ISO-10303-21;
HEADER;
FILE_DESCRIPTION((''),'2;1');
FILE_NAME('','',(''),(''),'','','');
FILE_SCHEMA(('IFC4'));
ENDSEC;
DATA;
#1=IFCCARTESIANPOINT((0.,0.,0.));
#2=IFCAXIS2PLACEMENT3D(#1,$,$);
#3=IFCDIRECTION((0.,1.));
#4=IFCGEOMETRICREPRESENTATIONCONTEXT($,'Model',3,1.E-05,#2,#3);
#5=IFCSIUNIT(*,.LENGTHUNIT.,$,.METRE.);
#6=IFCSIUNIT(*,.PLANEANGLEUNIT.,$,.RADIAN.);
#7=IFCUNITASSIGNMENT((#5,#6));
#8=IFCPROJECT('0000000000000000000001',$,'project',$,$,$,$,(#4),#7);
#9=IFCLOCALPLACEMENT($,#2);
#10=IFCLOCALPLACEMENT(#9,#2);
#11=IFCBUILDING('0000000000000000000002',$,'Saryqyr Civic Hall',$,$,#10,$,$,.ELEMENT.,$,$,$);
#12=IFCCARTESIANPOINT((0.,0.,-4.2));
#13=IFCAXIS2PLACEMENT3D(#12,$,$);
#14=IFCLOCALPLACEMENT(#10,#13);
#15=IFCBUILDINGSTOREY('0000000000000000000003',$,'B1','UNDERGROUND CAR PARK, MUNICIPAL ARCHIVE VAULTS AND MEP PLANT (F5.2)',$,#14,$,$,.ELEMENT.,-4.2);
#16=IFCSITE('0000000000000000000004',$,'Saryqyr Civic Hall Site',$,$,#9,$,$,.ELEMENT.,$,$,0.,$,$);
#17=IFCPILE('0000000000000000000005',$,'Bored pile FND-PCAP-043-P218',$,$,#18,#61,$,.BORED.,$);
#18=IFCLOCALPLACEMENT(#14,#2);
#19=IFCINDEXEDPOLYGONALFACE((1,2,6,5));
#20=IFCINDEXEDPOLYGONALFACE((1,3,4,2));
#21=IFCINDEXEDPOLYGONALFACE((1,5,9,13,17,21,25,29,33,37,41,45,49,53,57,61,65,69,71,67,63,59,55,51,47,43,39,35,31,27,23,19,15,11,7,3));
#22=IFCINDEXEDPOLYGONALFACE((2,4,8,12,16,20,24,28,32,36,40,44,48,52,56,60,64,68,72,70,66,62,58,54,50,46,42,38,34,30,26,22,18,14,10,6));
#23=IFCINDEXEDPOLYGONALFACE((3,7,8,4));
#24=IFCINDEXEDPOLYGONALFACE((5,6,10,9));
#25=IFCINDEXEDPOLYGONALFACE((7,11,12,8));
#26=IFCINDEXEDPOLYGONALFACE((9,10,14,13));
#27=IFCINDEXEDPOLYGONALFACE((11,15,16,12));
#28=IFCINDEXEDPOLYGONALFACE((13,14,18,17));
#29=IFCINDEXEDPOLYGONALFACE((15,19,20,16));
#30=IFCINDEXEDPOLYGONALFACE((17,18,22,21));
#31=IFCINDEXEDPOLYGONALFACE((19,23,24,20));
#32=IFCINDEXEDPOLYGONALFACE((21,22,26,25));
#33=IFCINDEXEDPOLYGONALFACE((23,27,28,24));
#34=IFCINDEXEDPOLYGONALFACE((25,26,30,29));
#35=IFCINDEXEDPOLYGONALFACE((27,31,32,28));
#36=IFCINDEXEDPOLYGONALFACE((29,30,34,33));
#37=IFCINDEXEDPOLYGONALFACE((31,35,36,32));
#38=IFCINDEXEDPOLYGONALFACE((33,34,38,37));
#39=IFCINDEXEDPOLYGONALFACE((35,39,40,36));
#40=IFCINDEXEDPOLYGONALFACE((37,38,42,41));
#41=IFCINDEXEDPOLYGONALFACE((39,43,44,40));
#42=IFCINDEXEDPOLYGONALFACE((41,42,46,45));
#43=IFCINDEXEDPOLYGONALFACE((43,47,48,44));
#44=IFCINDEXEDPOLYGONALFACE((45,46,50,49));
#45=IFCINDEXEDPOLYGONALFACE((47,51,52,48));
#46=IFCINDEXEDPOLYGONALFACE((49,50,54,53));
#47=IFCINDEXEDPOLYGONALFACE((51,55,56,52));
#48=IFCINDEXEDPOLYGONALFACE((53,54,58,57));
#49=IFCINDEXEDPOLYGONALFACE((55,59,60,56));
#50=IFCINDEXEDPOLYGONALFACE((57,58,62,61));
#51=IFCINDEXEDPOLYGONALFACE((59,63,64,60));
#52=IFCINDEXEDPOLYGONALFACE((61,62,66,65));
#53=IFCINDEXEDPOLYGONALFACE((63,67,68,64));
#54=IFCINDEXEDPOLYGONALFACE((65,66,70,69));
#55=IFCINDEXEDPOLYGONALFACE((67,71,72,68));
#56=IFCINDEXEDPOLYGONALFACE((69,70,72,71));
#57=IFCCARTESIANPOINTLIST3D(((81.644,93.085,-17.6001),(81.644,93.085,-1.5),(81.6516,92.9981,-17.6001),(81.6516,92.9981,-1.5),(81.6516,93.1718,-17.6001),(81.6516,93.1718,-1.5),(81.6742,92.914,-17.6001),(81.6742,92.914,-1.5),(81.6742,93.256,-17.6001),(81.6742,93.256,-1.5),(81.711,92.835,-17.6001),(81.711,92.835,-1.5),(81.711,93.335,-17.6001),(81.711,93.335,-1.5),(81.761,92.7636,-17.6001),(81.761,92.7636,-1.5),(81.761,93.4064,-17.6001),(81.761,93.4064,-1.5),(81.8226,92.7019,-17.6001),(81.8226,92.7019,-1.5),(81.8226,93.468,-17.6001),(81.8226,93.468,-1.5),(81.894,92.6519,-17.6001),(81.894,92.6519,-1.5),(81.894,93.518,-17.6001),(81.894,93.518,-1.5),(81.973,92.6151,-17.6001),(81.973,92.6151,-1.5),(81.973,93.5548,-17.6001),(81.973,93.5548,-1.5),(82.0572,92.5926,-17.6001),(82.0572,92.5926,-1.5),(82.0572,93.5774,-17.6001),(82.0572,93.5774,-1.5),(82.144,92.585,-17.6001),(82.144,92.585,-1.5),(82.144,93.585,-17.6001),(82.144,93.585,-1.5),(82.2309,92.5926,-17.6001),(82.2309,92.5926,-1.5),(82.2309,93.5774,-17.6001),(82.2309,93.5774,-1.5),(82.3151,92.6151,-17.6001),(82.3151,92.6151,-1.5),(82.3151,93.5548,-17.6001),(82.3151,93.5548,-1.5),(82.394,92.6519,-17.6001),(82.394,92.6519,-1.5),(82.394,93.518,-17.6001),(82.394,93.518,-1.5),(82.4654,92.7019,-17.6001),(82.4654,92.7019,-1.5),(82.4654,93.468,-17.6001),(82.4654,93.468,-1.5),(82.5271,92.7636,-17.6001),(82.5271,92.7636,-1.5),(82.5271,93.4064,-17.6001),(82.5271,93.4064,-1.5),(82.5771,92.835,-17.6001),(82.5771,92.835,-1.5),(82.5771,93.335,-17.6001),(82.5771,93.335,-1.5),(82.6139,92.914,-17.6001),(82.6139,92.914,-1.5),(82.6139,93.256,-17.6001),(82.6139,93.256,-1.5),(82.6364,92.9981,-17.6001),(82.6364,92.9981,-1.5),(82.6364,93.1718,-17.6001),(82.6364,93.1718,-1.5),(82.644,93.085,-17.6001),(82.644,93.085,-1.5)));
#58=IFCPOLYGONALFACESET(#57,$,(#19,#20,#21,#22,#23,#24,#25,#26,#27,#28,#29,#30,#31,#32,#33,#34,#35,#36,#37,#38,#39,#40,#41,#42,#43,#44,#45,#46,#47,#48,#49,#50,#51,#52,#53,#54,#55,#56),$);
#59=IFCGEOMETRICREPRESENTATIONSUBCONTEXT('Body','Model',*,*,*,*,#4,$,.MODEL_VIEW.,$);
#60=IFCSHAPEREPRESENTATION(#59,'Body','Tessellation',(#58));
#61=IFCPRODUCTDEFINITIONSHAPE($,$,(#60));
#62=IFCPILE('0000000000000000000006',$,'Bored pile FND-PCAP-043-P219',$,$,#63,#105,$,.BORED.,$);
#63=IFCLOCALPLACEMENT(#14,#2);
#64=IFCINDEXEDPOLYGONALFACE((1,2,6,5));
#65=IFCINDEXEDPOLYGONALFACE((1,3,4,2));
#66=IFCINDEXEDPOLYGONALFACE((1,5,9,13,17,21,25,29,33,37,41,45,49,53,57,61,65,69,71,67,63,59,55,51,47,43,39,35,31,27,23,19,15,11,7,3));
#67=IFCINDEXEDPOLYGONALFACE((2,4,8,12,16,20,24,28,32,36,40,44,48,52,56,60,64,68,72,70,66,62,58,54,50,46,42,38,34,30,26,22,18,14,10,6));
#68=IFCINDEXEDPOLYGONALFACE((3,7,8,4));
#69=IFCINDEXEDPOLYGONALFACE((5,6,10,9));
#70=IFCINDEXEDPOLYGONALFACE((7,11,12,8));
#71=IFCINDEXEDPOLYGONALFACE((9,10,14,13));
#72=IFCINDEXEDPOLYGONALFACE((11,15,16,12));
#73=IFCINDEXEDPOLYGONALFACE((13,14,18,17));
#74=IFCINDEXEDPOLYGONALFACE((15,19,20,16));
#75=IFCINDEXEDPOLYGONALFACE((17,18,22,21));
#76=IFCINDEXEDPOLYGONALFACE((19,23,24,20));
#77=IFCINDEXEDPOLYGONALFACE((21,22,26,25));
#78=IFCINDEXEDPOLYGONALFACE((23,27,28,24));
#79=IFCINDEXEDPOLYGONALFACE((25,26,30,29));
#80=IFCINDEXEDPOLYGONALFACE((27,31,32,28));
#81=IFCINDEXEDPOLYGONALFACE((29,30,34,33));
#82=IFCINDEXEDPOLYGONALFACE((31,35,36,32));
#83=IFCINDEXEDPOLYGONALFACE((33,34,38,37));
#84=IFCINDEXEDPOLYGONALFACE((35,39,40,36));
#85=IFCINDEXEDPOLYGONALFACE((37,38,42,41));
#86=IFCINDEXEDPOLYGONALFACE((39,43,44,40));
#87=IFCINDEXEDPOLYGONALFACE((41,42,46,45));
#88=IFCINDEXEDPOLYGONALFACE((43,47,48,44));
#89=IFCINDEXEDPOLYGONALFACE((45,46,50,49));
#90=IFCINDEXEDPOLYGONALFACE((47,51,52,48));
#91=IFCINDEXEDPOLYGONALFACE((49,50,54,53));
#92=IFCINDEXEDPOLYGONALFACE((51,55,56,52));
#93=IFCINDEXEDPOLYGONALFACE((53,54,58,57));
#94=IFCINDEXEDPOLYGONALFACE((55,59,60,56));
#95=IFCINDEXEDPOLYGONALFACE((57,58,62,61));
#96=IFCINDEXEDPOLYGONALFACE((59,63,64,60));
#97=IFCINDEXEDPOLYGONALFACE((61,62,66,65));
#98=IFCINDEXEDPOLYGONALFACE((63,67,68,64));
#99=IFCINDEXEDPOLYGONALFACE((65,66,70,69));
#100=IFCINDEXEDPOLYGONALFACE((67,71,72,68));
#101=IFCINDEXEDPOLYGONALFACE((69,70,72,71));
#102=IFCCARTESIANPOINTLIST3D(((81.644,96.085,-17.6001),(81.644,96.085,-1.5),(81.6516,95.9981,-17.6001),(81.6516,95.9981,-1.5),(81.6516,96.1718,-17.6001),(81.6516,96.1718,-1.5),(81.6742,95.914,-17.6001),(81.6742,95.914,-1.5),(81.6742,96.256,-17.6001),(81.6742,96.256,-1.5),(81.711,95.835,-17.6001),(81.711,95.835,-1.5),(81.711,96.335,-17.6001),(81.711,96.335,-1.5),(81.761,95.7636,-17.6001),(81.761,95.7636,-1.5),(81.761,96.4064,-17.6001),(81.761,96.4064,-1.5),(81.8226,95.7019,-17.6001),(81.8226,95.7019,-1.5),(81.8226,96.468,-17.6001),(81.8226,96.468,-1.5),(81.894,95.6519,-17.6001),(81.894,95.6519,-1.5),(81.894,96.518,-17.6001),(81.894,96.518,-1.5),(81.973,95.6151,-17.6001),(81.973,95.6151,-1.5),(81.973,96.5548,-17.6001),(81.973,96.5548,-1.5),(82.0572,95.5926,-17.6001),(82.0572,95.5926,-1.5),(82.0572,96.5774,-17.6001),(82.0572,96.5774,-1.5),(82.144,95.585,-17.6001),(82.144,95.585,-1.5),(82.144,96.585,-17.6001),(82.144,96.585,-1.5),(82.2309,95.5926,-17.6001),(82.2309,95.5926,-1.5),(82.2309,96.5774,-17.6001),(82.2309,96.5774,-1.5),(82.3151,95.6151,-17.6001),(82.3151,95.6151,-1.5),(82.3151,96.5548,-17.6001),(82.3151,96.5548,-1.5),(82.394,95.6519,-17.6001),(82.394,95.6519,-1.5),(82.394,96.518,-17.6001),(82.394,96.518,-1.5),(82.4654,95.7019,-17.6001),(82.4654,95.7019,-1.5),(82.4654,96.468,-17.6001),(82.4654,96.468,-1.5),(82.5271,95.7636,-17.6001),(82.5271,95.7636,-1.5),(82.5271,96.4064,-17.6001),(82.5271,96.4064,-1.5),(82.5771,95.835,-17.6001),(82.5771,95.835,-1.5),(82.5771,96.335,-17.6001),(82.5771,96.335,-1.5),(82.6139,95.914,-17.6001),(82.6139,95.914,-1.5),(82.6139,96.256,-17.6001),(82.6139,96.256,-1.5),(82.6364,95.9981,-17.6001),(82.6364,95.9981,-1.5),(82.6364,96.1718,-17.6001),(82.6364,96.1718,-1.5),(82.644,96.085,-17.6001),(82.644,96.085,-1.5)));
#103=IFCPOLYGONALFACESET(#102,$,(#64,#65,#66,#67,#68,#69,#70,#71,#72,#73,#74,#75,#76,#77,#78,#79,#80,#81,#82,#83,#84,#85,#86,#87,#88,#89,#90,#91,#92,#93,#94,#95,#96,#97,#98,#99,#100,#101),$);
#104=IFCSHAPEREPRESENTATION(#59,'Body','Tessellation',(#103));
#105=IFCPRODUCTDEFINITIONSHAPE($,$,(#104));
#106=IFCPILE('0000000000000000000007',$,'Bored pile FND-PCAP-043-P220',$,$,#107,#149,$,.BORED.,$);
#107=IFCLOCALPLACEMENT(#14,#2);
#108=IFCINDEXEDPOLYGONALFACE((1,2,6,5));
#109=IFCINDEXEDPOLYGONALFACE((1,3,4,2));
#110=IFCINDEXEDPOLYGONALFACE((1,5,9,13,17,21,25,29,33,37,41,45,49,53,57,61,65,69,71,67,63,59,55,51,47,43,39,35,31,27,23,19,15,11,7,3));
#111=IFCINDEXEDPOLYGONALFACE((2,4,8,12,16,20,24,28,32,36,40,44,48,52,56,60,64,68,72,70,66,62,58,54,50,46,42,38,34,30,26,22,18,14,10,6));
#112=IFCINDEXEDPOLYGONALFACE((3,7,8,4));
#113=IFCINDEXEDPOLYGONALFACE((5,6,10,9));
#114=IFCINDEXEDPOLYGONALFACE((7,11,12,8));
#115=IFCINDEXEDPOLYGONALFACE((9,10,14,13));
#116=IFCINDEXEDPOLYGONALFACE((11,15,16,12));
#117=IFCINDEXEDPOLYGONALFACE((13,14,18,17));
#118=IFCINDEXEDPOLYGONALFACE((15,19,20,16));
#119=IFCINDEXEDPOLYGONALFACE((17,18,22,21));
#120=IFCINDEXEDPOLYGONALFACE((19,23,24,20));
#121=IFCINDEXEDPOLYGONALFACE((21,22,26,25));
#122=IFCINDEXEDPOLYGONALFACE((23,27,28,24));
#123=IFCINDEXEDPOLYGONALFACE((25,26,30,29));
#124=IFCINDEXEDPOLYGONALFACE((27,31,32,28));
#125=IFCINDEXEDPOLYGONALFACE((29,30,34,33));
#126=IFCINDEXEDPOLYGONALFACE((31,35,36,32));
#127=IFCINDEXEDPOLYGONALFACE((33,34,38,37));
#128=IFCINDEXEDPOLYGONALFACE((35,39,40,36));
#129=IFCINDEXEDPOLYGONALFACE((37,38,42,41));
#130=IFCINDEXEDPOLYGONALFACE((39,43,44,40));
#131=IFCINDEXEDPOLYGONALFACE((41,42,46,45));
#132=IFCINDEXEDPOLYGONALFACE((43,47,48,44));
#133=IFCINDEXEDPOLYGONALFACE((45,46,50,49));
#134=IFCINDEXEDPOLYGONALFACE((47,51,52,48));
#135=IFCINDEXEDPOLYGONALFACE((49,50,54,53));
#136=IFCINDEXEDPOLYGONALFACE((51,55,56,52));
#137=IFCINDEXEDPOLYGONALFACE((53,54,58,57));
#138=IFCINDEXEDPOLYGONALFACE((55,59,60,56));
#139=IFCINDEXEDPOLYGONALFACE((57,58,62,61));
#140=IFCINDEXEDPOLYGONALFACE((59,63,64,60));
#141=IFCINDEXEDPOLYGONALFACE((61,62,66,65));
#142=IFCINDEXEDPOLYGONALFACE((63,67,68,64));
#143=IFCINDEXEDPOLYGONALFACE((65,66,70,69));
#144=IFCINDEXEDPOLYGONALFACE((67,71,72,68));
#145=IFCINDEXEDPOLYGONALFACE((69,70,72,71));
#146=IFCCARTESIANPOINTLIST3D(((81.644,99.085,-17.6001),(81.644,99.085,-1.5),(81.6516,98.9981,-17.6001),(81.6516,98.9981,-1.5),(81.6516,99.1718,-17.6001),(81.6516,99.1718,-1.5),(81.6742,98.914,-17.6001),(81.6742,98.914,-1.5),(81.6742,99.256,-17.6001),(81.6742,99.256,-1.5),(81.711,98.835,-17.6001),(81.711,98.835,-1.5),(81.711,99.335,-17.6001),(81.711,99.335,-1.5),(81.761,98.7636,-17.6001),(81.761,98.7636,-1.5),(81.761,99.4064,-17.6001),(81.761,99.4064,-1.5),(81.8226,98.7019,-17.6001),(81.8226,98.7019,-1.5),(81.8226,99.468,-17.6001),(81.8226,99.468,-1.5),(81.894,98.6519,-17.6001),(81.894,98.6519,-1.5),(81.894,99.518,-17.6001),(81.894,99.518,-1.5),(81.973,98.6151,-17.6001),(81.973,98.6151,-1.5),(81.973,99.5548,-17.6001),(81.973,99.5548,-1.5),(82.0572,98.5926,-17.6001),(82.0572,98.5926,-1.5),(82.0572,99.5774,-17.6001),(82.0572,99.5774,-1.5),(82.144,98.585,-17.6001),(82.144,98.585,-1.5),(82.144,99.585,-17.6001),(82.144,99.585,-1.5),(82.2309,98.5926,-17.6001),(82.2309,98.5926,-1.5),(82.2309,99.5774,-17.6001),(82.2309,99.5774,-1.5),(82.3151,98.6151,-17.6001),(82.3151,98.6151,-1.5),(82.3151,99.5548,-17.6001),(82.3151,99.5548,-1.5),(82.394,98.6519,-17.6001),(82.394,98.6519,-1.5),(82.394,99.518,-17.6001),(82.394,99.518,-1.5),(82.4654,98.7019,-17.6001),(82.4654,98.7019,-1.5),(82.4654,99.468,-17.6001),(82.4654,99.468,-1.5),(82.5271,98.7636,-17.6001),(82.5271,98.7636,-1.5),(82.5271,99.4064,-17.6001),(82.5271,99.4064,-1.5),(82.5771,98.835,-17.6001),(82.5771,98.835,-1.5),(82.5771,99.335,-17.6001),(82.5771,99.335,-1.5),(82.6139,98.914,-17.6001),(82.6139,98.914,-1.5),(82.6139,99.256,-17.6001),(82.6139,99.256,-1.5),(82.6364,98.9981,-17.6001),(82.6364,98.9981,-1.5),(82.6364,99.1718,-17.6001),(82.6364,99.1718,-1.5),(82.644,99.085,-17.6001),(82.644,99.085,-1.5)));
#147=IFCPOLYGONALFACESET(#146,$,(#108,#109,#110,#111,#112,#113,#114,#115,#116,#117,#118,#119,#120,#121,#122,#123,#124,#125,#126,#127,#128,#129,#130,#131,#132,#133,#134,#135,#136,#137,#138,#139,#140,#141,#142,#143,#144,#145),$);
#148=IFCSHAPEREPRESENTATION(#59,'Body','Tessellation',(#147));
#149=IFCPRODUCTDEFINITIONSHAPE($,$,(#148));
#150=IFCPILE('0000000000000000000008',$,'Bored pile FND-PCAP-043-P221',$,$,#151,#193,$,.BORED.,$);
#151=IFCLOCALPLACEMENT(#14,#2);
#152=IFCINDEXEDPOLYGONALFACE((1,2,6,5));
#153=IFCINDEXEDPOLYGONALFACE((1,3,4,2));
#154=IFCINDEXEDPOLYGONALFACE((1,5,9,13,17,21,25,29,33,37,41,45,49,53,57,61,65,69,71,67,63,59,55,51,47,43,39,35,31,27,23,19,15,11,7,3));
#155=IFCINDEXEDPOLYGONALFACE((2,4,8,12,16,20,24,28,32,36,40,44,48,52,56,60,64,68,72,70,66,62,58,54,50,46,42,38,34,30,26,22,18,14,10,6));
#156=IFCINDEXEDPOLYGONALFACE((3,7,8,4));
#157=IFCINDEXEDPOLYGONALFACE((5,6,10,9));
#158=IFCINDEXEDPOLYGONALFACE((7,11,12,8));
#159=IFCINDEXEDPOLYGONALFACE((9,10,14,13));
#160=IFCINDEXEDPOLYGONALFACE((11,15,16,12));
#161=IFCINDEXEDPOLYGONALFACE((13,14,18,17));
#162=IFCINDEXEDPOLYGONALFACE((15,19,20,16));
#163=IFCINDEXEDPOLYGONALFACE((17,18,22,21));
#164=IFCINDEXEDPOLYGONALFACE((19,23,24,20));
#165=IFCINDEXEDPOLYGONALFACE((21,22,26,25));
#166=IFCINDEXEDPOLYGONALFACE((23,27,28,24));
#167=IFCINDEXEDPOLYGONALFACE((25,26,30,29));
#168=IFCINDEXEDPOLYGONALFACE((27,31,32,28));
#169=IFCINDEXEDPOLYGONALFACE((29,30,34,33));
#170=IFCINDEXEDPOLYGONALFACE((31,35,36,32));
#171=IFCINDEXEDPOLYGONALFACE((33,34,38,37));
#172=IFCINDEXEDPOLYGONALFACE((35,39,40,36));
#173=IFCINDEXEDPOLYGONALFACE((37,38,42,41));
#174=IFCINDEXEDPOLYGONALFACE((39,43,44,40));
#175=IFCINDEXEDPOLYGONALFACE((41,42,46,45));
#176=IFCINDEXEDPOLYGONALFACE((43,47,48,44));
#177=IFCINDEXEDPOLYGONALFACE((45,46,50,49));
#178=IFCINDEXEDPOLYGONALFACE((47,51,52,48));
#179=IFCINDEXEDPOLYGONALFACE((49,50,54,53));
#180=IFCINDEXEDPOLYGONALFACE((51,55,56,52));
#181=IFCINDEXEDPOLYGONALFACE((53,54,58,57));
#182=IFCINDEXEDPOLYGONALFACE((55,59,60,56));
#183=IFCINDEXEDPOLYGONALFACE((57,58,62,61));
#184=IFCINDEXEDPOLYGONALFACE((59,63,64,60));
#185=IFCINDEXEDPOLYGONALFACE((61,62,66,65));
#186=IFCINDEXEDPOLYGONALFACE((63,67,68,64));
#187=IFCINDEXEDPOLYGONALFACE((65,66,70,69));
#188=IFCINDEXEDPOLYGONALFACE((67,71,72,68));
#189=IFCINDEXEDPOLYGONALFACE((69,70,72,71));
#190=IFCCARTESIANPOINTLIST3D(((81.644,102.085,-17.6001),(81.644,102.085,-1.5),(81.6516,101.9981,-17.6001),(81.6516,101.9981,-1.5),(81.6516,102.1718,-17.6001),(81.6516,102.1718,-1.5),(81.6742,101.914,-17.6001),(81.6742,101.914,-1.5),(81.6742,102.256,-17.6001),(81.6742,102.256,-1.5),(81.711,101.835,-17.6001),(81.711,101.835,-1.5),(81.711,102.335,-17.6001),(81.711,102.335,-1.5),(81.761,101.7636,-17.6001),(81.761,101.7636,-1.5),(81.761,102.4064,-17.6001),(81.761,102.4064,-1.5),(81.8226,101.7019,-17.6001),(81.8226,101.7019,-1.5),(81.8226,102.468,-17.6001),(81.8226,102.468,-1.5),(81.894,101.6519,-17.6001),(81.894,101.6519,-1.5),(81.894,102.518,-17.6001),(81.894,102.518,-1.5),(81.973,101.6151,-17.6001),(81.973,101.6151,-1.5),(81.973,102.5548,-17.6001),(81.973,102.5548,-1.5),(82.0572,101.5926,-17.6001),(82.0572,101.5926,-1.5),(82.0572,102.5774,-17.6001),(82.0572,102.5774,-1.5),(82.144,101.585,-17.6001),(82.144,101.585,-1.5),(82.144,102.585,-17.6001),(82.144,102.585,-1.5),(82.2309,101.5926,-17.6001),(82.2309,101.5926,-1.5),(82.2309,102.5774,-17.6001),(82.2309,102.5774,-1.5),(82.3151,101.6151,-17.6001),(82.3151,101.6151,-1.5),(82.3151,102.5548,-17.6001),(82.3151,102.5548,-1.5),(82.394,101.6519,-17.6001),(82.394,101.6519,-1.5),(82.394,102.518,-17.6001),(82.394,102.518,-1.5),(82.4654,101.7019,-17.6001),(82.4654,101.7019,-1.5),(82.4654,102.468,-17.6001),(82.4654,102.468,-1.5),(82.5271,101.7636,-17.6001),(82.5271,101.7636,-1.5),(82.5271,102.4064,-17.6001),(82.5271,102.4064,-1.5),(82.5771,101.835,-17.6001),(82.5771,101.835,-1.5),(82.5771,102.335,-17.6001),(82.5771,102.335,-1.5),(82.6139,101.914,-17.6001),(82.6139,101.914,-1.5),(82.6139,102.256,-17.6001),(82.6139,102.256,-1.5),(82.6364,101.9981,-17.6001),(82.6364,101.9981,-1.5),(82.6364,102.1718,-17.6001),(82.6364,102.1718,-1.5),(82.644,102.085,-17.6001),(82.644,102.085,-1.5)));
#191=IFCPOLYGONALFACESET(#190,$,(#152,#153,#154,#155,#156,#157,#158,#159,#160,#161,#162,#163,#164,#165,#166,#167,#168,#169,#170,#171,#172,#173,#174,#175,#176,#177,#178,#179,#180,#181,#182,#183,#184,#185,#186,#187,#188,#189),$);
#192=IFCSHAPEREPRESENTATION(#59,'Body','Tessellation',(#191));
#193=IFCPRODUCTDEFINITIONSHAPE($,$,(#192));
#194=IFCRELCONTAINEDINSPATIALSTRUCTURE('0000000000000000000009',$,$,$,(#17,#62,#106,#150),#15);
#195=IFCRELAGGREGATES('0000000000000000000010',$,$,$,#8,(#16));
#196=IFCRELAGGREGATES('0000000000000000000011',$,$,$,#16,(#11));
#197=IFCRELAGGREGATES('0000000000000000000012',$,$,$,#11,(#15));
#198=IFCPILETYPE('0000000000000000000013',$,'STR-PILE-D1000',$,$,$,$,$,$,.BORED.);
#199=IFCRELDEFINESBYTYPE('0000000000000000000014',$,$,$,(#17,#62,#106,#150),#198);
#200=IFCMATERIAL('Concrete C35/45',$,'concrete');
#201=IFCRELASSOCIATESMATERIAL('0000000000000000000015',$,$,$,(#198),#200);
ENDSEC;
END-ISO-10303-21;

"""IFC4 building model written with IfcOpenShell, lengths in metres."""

from ifc_helpers import new_model, si_unit, direction, frame, origin, origin_2d, place, context, subcontext, project, spatial, circle, extrude, material, material_profile, profile_set, type_object, element, save


model = new_model("IFC4")

# Units and contexts
model_context = context("Model", 3, precision=1e-05, world=origin(), true_north=direction((0.0, 1.0)))
body_context = subcontext(model_context, "Body", "Model", "MODEL_VIEW")
ifc_project = project(units=[si_unit("LENGTHUNIT", "METRE"), si_unit("PLANEANGLEUNIT", "RADIAN")], contexts=[model_context])

# Site, building, storey
site_placement = place(None, origin())
site = spatial("IfcSite", under=ifc_project, at=site_placement, Name="Saryqyr Civic Hall Site", CompositionType="ELEMENT", RefElevation=0.0)
building_placement = place(site_placement, origin())
building = spatial("IfcBuilding", under=site, at=building_placement, Name="Saryqyr Civic Hall", CompositionType="ELEMENT")
storey_placement = place(building_placement, frame((0.0, 0.0, -4.2)))
storey = spatial("IfcBuildingStorey", under=building, at=storey_placement, Name="B1", Description="UNDERGROUND CAR PARK, MUNICIPAL ARCHIVE VAULTS AND MEP PLANT (F5.2)", CompositionType="ELEMENT", Elevation=-4.2)

# Piles
ifc_material_1 = material(Name="Concrete C35/45", Category="concrete")
ifc_material_profile_1 = material_profile(ifc_material_1, circle(Radius=0.5, at=origin_2d()), Name="BORED PILE D1000")
ifc_profile_set_1 = profile_set([ifc_material_profile_1], Name="Concrete C35/45")
pile_type = type_object("IfcPileType", Name="STR-PILE-D1000", PredefinedType="BORED", material=ifc_profile_set_1)
for number, where, z_axis, x_axis, name in (
    (1, (82.144, 93.085, -1.5), (0.0, 0.0, -1.0), (1.0, 0.0, 0.0), "Bored pile FND-PCAP-043-P218"),
    (2, (82.144, 96.085, -1.5), (0.0, 0.0, -1.0), (1.0, 0.0, 0.0), "Bored pile FND-PCAP-043-P219"),
    (3, (82.144, 99.085, -1.5), (0.0, 0.0, -1.0), (1.0, 0.0, 0.0), "Bored pile FND-PCAP-043-P220"),
    (4, (82.144, 102.085, -1.5), (0.0, 0.0, -1.0), (1.0, 0.0, 0.0), "Bored pile FND-PCAP-043-P221"),
):
    element("IfcPile", number, at=place(storey_placement, frame(where, z_axis=z_axis, x_axis=x_axis)), inside=storey, type_object=pile_type, Name=name, PredefinedType="BORED", context=body_context, shape_type="SweptSolid", body=[
        extrude(circle(Radius=0.5, at=origin_2d()), origin(), (0.0, 0.0, 1.0), 16.1001),
    ])

save(model, "model.ifc")
